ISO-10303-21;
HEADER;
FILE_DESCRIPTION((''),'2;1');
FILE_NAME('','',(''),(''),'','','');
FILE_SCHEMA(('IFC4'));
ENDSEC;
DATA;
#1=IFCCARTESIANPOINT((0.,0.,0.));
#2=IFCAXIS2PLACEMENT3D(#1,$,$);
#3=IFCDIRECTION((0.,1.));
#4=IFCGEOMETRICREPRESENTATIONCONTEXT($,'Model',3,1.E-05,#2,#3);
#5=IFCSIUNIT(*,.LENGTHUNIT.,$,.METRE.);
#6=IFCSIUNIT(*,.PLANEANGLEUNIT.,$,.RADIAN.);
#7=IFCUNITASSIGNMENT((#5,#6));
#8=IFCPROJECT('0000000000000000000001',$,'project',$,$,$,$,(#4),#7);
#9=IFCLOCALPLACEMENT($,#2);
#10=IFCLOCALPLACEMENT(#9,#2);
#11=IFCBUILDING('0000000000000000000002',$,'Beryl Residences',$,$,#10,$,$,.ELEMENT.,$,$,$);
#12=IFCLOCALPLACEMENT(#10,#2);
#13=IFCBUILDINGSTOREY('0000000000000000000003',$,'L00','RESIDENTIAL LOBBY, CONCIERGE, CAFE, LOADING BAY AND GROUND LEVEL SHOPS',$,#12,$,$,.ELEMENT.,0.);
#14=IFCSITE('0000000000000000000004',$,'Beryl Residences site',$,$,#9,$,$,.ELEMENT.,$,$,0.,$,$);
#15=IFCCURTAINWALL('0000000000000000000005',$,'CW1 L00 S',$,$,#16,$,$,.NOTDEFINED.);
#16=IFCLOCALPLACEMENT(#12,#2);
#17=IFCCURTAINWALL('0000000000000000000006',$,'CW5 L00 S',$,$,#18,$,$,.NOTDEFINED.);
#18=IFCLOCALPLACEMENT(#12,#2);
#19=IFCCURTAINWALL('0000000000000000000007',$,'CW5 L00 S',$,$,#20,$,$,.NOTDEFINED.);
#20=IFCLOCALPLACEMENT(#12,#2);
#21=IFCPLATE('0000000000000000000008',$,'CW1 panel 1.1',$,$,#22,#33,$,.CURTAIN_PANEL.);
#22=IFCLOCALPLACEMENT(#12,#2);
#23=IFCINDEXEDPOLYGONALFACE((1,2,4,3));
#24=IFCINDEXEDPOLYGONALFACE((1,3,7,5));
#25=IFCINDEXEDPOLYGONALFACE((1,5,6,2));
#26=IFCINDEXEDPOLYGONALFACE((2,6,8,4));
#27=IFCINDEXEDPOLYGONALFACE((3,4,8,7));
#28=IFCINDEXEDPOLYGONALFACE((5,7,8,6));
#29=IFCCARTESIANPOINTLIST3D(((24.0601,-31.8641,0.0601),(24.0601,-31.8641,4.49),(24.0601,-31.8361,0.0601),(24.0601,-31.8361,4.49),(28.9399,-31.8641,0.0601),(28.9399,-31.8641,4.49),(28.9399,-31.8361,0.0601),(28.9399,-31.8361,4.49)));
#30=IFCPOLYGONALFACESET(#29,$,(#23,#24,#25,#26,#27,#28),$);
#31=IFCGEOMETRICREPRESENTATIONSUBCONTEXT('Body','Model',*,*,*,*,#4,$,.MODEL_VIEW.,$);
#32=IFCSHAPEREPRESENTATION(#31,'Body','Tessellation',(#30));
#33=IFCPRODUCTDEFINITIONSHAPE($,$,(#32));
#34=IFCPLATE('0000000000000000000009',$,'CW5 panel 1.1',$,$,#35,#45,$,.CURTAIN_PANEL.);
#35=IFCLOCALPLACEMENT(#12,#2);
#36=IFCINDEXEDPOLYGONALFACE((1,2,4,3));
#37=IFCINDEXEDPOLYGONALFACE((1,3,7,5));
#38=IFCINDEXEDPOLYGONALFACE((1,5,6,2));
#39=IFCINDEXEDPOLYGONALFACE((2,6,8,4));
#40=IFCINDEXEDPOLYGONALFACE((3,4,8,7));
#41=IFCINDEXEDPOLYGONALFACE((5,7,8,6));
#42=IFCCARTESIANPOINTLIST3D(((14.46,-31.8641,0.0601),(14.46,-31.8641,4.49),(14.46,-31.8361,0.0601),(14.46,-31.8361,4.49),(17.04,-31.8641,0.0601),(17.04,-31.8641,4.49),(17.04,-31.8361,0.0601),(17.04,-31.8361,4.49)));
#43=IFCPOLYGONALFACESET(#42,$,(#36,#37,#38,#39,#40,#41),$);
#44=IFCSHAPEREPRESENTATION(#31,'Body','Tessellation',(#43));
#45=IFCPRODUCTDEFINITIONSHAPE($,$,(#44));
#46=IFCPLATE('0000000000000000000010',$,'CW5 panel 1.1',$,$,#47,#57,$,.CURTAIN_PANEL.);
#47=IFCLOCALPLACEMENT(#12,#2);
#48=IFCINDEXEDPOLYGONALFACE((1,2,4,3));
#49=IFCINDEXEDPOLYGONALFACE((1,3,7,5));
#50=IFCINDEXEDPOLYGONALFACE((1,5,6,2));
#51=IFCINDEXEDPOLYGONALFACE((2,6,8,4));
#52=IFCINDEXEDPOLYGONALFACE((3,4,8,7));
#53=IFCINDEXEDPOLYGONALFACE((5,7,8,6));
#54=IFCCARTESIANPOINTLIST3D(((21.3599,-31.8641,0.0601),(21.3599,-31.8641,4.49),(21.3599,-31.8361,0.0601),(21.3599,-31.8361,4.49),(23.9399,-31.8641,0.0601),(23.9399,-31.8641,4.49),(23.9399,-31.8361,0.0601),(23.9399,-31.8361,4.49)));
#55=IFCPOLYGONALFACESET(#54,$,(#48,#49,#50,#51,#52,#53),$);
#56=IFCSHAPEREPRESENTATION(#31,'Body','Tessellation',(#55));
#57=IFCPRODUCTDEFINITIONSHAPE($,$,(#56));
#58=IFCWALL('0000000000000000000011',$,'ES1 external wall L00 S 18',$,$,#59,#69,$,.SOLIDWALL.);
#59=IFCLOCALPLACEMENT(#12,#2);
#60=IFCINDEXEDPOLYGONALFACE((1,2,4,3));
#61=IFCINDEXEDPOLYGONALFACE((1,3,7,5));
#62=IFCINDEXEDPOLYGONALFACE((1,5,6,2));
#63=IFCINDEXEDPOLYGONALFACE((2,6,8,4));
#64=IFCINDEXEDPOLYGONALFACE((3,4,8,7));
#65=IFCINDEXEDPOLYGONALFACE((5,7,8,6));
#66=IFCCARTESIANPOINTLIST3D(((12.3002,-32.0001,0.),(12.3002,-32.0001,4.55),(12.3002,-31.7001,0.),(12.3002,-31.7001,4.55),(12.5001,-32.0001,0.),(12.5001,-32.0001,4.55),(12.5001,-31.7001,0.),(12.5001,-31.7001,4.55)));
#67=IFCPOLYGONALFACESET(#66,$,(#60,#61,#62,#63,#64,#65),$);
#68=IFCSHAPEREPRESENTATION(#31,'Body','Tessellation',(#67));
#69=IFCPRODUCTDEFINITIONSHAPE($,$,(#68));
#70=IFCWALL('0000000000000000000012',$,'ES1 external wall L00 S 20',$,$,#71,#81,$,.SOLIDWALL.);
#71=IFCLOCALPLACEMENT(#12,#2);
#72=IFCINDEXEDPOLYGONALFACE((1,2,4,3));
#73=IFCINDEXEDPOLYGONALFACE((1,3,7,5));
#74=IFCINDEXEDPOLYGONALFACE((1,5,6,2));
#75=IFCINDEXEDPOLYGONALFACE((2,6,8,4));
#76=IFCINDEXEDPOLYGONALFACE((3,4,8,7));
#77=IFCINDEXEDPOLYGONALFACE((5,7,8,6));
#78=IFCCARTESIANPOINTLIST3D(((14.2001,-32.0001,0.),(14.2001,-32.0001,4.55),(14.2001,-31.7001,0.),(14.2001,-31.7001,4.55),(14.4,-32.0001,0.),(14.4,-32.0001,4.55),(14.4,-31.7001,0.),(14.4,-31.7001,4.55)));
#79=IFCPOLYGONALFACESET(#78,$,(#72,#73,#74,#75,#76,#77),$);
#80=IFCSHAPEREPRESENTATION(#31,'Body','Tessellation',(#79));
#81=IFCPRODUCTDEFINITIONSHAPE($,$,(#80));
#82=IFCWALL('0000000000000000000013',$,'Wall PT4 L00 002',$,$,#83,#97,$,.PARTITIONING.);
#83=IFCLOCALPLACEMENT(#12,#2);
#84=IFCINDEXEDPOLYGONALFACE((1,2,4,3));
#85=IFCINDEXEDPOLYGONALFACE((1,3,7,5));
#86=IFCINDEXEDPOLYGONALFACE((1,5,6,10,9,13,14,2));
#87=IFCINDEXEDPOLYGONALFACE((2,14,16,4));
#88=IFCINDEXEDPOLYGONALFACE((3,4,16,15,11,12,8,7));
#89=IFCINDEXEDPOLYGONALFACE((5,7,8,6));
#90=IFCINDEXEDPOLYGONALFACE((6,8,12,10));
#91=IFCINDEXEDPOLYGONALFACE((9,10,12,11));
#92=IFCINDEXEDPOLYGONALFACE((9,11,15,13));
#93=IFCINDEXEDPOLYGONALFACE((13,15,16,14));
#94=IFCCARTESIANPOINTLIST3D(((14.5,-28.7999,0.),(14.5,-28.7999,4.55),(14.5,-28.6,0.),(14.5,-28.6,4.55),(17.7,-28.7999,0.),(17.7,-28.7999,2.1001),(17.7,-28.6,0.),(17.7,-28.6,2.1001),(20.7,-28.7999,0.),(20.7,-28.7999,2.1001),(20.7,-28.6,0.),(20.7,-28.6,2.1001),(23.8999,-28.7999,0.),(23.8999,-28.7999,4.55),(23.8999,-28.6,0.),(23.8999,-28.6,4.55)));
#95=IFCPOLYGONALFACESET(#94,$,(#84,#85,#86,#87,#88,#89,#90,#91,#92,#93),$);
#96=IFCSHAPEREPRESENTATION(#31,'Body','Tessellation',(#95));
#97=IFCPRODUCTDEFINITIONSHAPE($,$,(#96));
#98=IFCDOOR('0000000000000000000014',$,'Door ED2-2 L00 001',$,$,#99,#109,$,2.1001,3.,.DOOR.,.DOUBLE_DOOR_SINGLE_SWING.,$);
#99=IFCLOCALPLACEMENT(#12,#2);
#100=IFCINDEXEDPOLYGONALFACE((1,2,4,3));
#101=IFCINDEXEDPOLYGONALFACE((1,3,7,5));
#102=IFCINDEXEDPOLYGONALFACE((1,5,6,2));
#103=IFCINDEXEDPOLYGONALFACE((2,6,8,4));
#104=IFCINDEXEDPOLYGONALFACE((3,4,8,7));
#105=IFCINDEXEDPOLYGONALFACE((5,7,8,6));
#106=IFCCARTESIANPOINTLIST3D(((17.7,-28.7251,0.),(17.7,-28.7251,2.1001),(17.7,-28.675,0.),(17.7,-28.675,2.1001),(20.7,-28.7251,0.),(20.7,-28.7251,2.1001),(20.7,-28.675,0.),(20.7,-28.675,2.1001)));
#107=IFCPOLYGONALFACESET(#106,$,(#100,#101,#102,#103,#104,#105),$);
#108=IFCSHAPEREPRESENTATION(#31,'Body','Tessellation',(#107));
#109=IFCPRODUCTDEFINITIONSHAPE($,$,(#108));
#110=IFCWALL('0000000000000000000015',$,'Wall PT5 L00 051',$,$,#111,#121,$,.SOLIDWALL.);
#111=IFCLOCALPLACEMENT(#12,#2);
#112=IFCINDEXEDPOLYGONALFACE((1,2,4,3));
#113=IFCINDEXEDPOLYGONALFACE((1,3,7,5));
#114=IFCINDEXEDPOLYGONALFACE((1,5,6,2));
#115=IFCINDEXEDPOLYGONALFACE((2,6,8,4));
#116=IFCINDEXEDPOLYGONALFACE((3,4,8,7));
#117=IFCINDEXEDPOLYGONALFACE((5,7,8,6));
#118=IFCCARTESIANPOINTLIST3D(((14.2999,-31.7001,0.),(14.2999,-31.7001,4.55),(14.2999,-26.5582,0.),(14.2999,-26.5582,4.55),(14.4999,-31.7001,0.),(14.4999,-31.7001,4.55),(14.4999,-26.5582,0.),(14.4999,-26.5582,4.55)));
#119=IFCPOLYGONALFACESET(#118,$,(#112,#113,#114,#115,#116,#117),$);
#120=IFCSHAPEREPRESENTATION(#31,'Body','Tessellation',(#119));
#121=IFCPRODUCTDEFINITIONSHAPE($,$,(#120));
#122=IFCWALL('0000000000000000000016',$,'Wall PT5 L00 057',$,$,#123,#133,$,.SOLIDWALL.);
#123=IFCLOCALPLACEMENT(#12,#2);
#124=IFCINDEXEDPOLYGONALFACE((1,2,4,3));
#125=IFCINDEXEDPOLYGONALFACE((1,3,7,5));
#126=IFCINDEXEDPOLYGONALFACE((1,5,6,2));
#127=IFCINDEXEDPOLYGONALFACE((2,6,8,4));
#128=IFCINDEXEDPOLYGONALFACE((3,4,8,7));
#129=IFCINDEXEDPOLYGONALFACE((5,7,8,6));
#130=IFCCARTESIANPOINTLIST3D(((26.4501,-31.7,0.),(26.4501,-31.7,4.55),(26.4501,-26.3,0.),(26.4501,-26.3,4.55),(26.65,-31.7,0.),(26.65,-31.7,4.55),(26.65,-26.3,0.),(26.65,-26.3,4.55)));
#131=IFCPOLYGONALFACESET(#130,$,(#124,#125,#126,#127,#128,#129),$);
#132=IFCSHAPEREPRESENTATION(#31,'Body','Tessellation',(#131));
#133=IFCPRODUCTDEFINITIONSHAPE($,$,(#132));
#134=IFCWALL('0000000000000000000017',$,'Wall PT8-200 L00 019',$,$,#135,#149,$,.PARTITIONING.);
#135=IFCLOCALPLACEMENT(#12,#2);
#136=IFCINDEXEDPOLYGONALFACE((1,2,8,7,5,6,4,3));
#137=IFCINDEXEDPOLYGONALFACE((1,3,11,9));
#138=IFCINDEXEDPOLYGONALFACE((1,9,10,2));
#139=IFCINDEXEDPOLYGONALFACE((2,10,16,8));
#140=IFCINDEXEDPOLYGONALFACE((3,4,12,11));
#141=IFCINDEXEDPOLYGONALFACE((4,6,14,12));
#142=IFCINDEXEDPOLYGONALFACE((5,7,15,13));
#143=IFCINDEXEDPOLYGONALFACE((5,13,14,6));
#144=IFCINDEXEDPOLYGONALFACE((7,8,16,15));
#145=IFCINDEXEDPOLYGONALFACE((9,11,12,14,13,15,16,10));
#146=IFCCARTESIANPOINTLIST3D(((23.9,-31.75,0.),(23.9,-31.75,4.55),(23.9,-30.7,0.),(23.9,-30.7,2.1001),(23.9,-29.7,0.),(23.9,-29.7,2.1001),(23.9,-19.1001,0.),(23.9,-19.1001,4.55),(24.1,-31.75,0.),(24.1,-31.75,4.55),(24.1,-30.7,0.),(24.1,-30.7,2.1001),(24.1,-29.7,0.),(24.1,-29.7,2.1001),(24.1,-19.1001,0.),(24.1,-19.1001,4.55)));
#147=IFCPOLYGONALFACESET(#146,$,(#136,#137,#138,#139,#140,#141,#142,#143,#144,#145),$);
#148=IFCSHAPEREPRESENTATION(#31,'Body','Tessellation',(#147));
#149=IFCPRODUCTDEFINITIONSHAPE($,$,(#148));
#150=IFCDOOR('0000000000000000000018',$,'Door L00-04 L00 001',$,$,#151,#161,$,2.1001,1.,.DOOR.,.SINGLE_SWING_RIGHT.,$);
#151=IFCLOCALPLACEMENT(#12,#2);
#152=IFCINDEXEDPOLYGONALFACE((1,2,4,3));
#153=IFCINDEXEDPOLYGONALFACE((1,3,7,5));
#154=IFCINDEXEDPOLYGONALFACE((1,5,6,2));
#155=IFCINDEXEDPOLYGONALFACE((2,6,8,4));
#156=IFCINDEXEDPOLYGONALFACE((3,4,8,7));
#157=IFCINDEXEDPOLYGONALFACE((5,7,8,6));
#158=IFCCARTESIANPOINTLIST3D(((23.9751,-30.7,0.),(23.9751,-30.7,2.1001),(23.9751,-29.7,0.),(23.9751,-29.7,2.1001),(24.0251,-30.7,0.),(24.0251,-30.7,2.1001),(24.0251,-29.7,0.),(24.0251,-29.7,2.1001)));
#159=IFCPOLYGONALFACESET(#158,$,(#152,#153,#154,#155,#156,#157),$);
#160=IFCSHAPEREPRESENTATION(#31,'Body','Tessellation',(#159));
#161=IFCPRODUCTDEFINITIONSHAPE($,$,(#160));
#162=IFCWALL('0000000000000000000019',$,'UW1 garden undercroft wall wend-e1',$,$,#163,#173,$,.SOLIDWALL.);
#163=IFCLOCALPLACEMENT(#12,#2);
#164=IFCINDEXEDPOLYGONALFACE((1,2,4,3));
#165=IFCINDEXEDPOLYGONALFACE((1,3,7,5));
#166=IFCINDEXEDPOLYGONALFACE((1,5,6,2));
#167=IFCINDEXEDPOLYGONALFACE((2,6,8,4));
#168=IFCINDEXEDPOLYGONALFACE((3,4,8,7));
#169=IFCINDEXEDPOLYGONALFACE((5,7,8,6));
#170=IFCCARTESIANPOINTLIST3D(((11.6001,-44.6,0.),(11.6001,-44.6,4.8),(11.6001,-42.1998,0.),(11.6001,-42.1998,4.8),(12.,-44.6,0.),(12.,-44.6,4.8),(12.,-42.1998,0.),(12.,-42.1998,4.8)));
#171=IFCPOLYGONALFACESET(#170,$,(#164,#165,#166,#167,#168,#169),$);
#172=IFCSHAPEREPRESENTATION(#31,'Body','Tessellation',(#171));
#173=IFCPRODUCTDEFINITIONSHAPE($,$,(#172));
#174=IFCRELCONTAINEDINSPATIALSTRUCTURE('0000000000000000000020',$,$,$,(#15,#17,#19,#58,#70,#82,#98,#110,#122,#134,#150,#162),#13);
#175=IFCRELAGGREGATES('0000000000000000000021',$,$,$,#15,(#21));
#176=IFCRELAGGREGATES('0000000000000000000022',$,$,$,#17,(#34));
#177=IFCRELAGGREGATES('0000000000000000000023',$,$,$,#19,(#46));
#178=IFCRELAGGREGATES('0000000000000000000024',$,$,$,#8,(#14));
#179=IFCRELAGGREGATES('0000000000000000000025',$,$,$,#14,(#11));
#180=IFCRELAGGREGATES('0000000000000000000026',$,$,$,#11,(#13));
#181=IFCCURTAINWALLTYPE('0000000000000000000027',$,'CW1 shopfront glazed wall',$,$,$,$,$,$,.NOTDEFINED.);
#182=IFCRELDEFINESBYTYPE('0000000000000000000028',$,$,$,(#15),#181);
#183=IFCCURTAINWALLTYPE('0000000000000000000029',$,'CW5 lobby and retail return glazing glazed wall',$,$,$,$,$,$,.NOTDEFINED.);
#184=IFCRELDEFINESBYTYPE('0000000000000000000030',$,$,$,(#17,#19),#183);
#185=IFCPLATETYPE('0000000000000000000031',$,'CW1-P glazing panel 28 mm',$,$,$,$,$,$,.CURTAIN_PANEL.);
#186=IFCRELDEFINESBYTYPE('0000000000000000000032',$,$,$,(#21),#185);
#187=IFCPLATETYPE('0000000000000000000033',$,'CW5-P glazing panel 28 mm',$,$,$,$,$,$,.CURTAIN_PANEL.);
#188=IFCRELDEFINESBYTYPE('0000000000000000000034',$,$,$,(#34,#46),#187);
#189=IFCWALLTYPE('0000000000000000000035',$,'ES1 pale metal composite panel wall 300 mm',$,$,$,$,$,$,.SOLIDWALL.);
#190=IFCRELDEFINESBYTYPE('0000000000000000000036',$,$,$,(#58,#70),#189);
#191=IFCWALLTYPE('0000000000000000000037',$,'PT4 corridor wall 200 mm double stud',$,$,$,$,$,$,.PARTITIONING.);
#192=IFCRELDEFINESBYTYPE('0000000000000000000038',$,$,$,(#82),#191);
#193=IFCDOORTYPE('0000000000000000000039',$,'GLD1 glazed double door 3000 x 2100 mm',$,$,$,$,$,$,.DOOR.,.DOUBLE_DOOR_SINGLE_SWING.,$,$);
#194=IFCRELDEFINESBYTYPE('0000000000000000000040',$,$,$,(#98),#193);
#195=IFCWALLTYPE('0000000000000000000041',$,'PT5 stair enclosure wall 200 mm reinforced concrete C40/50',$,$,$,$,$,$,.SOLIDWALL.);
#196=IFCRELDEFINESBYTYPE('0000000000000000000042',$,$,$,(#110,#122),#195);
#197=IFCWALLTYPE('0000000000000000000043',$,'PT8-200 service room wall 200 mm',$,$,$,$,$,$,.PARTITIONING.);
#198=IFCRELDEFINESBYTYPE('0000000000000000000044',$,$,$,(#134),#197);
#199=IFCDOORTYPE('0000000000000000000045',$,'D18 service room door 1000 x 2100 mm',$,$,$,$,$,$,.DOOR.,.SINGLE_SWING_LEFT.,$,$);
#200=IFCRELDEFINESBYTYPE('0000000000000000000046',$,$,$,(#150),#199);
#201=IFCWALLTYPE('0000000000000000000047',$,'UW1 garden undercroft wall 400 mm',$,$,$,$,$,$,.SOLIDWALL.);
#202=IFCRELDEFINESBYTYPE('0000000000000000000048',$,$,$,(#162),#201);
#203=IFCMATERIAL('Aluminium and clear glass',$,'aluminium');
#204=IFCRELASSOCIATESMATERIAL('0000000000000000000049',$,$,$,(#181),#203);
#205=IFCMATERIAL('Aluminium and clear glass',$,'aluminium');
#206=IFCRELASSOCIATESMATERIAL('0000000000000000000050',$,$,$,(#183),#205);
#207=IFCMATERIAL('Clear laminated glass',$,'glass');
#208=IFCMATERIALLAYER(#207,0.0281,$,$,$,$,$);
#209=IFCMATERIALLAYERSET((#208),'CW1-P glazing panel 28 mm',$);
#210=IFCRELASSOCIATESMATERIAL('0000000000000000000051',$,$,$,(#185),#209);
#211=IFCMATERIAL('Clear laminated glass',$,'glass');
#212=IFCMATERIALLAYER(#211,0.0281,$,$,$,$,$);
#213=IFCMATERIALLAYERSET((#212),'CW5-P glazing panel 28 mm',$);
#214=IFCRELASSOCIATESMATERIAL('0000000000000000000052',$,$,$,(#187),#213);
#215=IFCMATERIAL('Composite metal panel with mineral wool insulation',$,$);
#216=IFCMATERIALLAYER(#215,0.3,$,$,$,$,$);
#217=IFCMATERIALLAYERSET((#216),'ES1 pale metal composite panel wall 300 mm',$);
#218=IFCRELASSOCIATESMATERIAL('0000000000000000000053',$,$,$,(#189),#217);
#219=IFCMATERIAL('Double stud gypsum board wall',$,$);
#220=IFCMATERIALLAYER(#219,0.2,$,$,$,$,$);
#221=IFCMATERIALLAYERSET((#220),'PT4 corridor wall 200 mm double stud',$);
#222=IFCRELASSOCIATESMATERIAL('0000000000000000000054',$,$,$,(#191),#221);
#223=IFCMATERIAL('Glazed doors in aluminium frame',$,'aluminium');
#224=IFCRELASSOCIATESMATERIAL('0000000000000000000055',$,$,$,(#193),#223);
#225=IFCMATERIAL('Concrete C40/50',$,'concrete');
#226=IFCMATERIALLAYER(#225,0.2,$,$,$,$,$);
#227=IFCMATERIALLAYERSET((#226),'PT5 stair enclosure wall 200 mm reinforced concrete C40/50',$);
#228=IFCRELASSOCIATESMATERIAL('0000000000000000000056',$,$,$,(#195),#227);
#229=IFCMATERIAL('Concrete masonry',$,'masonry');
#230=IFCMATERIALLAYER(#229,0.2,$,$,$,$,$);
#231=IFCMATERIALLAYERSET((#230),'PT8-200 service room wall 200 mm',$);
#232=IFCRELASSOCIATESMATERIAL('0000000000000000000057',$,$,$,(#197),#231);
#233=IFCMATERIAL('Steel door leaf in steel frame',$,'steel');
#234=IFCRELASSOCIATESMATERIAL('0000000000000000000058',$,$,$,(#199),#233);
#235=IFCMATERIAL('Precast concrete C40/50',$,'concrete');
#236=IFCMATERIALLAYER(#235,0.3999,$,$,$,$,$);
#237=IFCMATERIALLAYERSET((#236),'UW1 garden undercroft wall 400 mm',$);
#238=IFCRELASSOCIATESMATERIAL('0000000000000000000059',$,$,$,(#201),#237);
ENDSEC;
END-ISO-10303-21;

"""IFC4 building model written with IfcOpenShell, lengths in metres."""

from ifc_helpers import new_model, si_unit, direction, frame, frame_2d, origin, origin_2d, place, context, subcontext, project, spatial, rectangle, extrude, material, layer, layer_set, type_object, element, fill, aggregate, save


model = new_model("IFC4")

# Units and contexts
model_context = context("Model", 3, precision=1e-05, world=origin(), true_north=direction((0.0, 1.0)))
body_context = subcontext(model_context, "Body", "Model", "MODEL_VIEW")
ifc_project = project(units=[si_unit("LENGTHUNIT", "METRE"), si_unit("PLANEANGLEUNIT", "RADIAN")], contexts=[model_context])

# Site, building, storey
site_placement = place(None, origin())
site = spatial("IfcSite", under=ifc_project, at=site_placement, Name="Beryl Residences site", CompositionType="ELEMENT", RefElevation=0.0)
building_placement = place(site_placement, origin())
building = spatial("IfcBuilding", under=site, at=building_placement, Name="Beryl Residences", CompositionType="ELEMENT")
storey_placement = place(building_placement, origin())
storey = spatial("IfcBuildingStorey", under=building, at=storey_placement, Name="L00", Description="RESIDENTIAL LOBBY, CONCIERGE, CAFE, LOADING BAY AND GROUND LEVEL SHOPS", CompositionType="ELEMENT", Elevation=0.0)

# Curtain walls
ifc_material_1 = material(Name="Aluminium and clear glass", Category="aluminium")
curtain_wall_type_1 = type_object("IfcCurtainWallType", Name="CW1 shopfront glazed wall", PredefinedType="NOTDEFINED", material=ifc_material_1)
curtain_wall_1_placement = place(storey_placement, origin())
curtain_wall_1 = element("IfcCurtainWall", 1, at=curtain_wall_1_placement, inside=storey, type_object=curtain_wall_type_1, Name="CW1 L00 S", PredefinedType="NOTDEFINED")
ifc_material_2 = material(Name="Aluminium and clear glass", Category="aluminium")
curtain_wall_type_2 = type_object("IfcCurtainWallType", Name="CW5 lobby and retail return glazing glazed wall", PredefinedType="NOTDEFINED", material=ifc_material_2)
curtain_wall_2_placement = place(storey_placement, origin())
curtain_wall_2 = element("IfcCurtainWall", 2, at=curtain_wall_2_placement, inside=storey, type_object=curtain_wall_type_2, Name="CW5 L00 S", PredefinedType="NOTDEFINED")
curtain_wall_3_placement = place(storey_placement, origin())
curtain_wall_3 = element("IfcCurtainWall", 3, at=curtain_wall_3_placement, inside=storey, type_object=curtain_wall_type_2, Name="CW5 L00 S", PredefinedType="NOTDEFINED")

# Plates
ifc_material_3 = material(Name="Clear laminated glass", Category="glass")
ifc_layer_1 = layer(ifc_material_3, 0.0281)
ifc_layer_set_1 = layer_set([ifc_layer_1], Name="CW1-P glazing panel 28 mm")
plate_type_1 = type_object("IfcPlateType", Name="CW1-P glazing panel 28 mm", PredefinedType="CURTAIN_PANEL", material=ifc_layer_set_1)
plate_1_placement = place(storey_placement, frame((26.5, -31.8501, 0.0601), z_axis=(0.0, 0.0, 1.0), x_axis=(1.0, 0.0, 0.0)))
plate_1 = element("IfcPlate", 4, at=plate_1_placement, type_object=plate_type_1, Name="CW1 panel 1.1", PredefinedType="CURTAIN_PANEL", context=body_context, shape_type="SweptSolid", body=[
    extrude(rectangle(XDim=4.8799, YDim=0.0281, at=origin_2d()), origin(), (0.0, 0.0, 1.0), 4.4299),
])
aggregate(curtain_wall_1, [plate_1])
ifc_material_4 = material(Name="Clear laminated glass", Category="glass")
ifc_layer_2 = layer(ifc_material_4, 0.0281)
ifc_layer_set_2 = layer_set([ifc_layer_2], Name="CW5-P glazing panel 28 mm")
plate_type_2 = type_object("IfcPlateType", Name="CW5-P glazing panel 28 mm", PredefinedType="CURTAIN_PANEL", material=ifc_layer_set_2)
plate_2_placement = place(storey_placement, frame((15.75, -31.8501, 0.0601), z_axis=(0.0, 0.0, 1.0), x_axis=(1.0, 0.0, 0.0)))
plate_2 = element("IfcPlate", 5, at=plate_2_placement, type_object=plate_type_2, Name="CW5 panel 1.1", PredefinedType="CURTAIN_PANEL", context=body_context, shape_type="SweptSolid", body=[
    extrude(rectangle(XDim=2.5801, YDim=0.0281, at=origin_2d()), origin(), (0.0, 0.0, 1.0), 4.4299),
])
aggregate(curtain_wall_2, [plate_2])
plate_3_placement = place(storey_placement, frame((22.6499, -31.8501, 0.0601), z_axis=(0.0, 0.0, 1.0), x_axis=(1.0, 0.0, 0.0)))
plate_3 = element("IfcPlate", 6, at=plate_3_placement, type_object=plate_type_2, Name="CW5 panel 1.1", PredefinedType="CURTAIN_PANEL", context=body_context, shape_type="SweptSolid", body=[
    extrude(rectangle(XDim=2.5801, YDim=0.0281, at=origin_2d()), origin(), (0.0, 0.0, 1.0), 4.4299),
])
aggregate(curtain_wall_3, [plate_3])

# Wall
ifc_material_5 = material(Name="Composite metal panel with mineral wool insulation")
ifc_layer_3 = layer(ifc_material_5, 0.3)
ifc_layer_set_3 = layer_set([ifc_layer_3], Name="ES1 pale metal composite panel wall 300 mm")
wall_type_1 = type_object("IfcWallType", Name="ES1 pale metal composite panel wall 300 mm", PredefinedType="SOLIDWALL", material=ifc_layer_set_3)
wall_1_placement = place(storey_placement, frame((12.3, -31.8501, 0.0), z_axis=(0.0, 0.0, 1.0), x_axis=(1.0, 0.0, 0.0)))
element("IfcWall", 7, at=wall_1_placement, inside=storey, type_object=wall_type_1, Name="ES1 external wall L00 S 18", PredefinedType="SOLIDWALL", context=body_context, shape_type="SweptSolid", body=[
    extrude(rectangle(XDim=0.2, YDim=0.3, at=frame_2d((0.1001, 0.0))), origin(), (0.0, 0.0, 1.0), 4.55),
])

# Wall
wall_2_placement = place(storey_placement, frame((14.2, -31.8501, 0.0), z_axis=(0.0, 0.0, 1.0), x_axis=(1.0, 0.0, 0.0)))
element("IfcWall", 8, at=wall_2_placement, inside=storey, type_object=wall_type_1, Name="ES1 external wall L00 S 20", PredefinedType="SOLIDWALL", context=body_context, shape_type="SweptSolid", body=[
    extrude(rectangle(XDim=0.2, YDim=0.3, at=frame_2d((0.1001, 0.0))), origin(), (0.0, 0.0, 1.0), 4.55),
])

# Wall, opening, door
ifc_material_6 = material(Name="Double stud gypsum board wall")
ifc_layer_4 = layer(ifc_material_6, 0.2)
ifc_layer_set_4 = layer_set([ifc_layer_4], Name="PT4 corridor wall 200 mm double stud")
wall_type_2 = type_object("IfcWallType", Name="PT4 corridor wall 200 mm double stud", PredefinedType="PARTITIONING", material=ifc_layer_set_4)
wall_3_placement = place(storey_placement, frame((14.5, -28.7, 0.0), z_axis=(0.0, 0.0, 1.0), x_axis=(1.0, 0.0, 0.0)))
wall_3 = element("IfcWall", 9, at=wall_3_placement, inside=storey, type_object=wall_type_2, Name="Wall PT4 L00 002", PredefinedType="PARTITIONING", context=body_context, shape_type="SweptSolid", body=[
    extrude(rectangle(XDim=9.3999, YDim=0.2, at=frame_2d((4.7, 0.0))), origin(), (0.0, 0.0, 1.0), 4.55),
])
opening_1_placement = place(wall_3_placement, frame((3.2, 0.0, 0.0)))
opening_1 = element("IfcOpeningElement", 10, at=opening_1_placement, cuts=wall_3, PredefinedType="OPENING", context=body_context, shape_type="SweptSolid", body=[
    extrude(rectangle(XDim=3.0, YDim=2.1001, at=frame_2d((1.5, 1.05))), frame((0.0, 0.1099, 0.0), z_axis=(0.0, -1.0, 0.0), x_axis=(1.0, 0.0, 0.0)), (0.0, 0.0, 1.0), 0.22),
])
ifc_material_7 = material(Name="Glazed doors in aluminium frame", Category="aluminium")
door_type_1 = type_object("IfcDoorType", Name="GLD1 glazed double door 3000 x 2100 mm", OperationType="DOUBLE_DOOR_SINGLE_SWING", PredefinedType="DOOR", material=ifc_material_7)
door_1_placement = place(opening_1_placement, origin())
door_1 = element("IfcDoor", 11, at=door_1_placement, inside=storey, type_object=door_type_1, Name="Door ED2-2 L00 001", OperationType="DOUBLE_DOOR_SINGLE_SWING", OverallHeight=2.1001, OverallWidth=3.0, PredefinedType="DOOR", context=body_context, shape_type="SweptSolid", body=[
    extrude(rectangle(XDim=3.0, YDim=2.1001, at=frame_2d((1.5, 1.05))), frame((0.0, 0.0249, 0.0), z_axis=(0.0, -1.0, 0.0), x_axis=(1.0, 0.0, 0.0)), (0.0, 0.0, 1.0), 0.05),
])
fill(opening_1, door_1)

# Walls
ifc_material_8 = material(Name="Concrete C40/50", Category="concrete")
ifc_layer_5 = layer(ifc_material_8, 0.2)
ifc_layer_set_5 = layer_set([ifc_layer_5], Name="PT5 stair enclosure wall 200 mm reinforced concrete C40/50")
wall_type_3 = type_object("IfcWallType", Name="PT5 stair enclosure wall 200 mm reinforced concrete C40/50", PredefinedType="SOLIDWALL", material=ifc_layer_set_5)
wall_4_placement = place(storey_placement, frame((14.3999, -31.7, 0.0), z_axis=(0.0, 0.0, 1.0), x_axis=(0.0, 1.0, 0.0)))
element("IfcWall", 12, at=wall_4_placement, inside=storey, type_object=wall_type_3, Name="Wall PT5 L00 051", PredefinedType="SOLIDWALL", context=body_context, shape_type="SweptSolid", body=[
    extrude(rectangle(XDim=5.1418, YDim=0.2, at=frame_2d((2.5708, 0.0))), origin(), (0.0, 0.0, 1.0), 4.55),
])
wall_5_placement = place(storey_placement, frame((26.55, -31.7, 0.0), z_axis=(0.0, 0.0, 1.0), x_axis=(0.0, 1.0, 0.0)))
element("IfcWall", 13, at=wall_5_placement, inside=storey, type_object=wall_type_3, Name="Wall PT5 L00 057", PredefinedType="SOLIDWALL", context=body_context, shape_type="SweptSolid", body=[
    extrude(rectangle(XDim=5.3999, YDim=0.2, at=frame_2d((2.7, 0.0))), origin(), (0.0, 0.0, 1.0), 4.55),
])

# Wall, opening, door
ifc_material_9 = material(Name="Concrete masonry", Category="masonry")
ifc_layer_6 = layer(ifc_material_9, 0.2)
ifc_layer_set_6 = layer_set([ifc_layer_6], Name="PT8-200 service room wall 200 mm")
wall_type_4 = type_object("IfcWallType", Name="PT8-200 service room wall 200 mm", PredefinedType="PARTITIONING", material=ifc_layer_set_6)
wall_6_placement = place(storey_placement, frame((24.0, -31.75, 0.0), z_axis=(0.0, 0.0, 1.0), x_axis=(0.0, 1.0, 0.0)))
wall_6 = element("IfcWall", 14, at=wall_6_placement, inside=storey, type_object=wall_type_4, Name="Wall PT8-200 L00 019", PredefinedType="PARTITIONING", context=body_context, shape_type="SweptSolid", body=[
    extrude(rectangle(XDim=12.6499, YDim=0.2, at=frame_2d((6.325, 0.0))), origin(), (0.0, 0.0, 1.0), 4.55),
])
opening_2_placement = place(wall_6_placement, frame((1.05, 0.0, 0.0)))
opening_2 = element("IfcOpeningElement", 15, at=opening_2_placement, cuts=wall_6, PredefinedType="OPENING", context=body_context, shape_type="SweptSolid", body=[
    extrude(rectangle(XDim=1.0, YDim=2.1001, at=frame_2d((0.5, 1.05))), frame((0.0, 0.1099, 0.0), z_axis=(0.0, -1.0, 0.0), x_axis=(1.0, 0.0, 0.0)), (0.0, 0.0, 1.0), 0.22),
])
ifc_material_10 = material(Name="Steel door leaf in steel frame", Category="steel")
door_type_2 = type_object("IfcDoorType", Name="D18 service room door 1000 x 2100 mm", OperationType="SINGLE_SWING_LEFT", PredefinedType="DOOR", material=ifc_material_10)
door_2_placement = place(opening_2_placement, origin())
door_2 = element("IfcDoor", 16, at=door_2_placement, inside=storey, type_object=door_type_2, Name="Door L00-04 L00 001", OperationType="SINGLE_SWING_RIGHT", OverallHeight=2.1001, OverallWidth=1.0, PredefinedType="DOOR", context=body_context, shape_type="SweptSolid", body=[
    extrude(rectangle(XDim=1.0, YDim=2.1001, at=frame_2d((0.5, 1.05))), frame((0.0, 0.0249, 0.0), z_axis=(0.0, -1.0, 0.0), x_axis=(1.0, 0.0, 0.0)), (0.0, 0.0, 1.0), 0.05),
])
fill(opening_2, door_2)

# Wall
ifc_material_11 = material(Name="Precast concrete C40/50", Category="concrete")
ifc_layer_7 = layer(ifc_material_11, 0.3999)
ifc_layer_set_7 = layer_set([ifc_layer_7], Name="UW1 garden undercroft wall 400 mm")
wall_type_5 = type_object("IfcWallType", Name="UW1 garden undercroft wall 400 mm", PredefinedType="SOLIDWALL", material=ifc_layer_set_7)
wall_7_placement = place(storey_placement, frame((11.8, -44.6001, 0.0), z_axis=(0.0, 0.0, 1.0), x_axis=(0.0, 1.0, 0.0)))
element("IfcWall", 17, at=wall_7_placement, inside=storey, type_object=wall_type_5, Name="UW1 garden undercroft wall wend-e1", PredefinedType="SOLIDWALL", context=body_context, shape_type="SweptSolid", body=[
    extrude(rectangle(XDim=2.4001, YDim=0.3999, at=frame_2d((1.2002, 0.0))), origin(), (0.0, 0.0, 1.0), 4.8),
])

save(model, "model.ifc")
